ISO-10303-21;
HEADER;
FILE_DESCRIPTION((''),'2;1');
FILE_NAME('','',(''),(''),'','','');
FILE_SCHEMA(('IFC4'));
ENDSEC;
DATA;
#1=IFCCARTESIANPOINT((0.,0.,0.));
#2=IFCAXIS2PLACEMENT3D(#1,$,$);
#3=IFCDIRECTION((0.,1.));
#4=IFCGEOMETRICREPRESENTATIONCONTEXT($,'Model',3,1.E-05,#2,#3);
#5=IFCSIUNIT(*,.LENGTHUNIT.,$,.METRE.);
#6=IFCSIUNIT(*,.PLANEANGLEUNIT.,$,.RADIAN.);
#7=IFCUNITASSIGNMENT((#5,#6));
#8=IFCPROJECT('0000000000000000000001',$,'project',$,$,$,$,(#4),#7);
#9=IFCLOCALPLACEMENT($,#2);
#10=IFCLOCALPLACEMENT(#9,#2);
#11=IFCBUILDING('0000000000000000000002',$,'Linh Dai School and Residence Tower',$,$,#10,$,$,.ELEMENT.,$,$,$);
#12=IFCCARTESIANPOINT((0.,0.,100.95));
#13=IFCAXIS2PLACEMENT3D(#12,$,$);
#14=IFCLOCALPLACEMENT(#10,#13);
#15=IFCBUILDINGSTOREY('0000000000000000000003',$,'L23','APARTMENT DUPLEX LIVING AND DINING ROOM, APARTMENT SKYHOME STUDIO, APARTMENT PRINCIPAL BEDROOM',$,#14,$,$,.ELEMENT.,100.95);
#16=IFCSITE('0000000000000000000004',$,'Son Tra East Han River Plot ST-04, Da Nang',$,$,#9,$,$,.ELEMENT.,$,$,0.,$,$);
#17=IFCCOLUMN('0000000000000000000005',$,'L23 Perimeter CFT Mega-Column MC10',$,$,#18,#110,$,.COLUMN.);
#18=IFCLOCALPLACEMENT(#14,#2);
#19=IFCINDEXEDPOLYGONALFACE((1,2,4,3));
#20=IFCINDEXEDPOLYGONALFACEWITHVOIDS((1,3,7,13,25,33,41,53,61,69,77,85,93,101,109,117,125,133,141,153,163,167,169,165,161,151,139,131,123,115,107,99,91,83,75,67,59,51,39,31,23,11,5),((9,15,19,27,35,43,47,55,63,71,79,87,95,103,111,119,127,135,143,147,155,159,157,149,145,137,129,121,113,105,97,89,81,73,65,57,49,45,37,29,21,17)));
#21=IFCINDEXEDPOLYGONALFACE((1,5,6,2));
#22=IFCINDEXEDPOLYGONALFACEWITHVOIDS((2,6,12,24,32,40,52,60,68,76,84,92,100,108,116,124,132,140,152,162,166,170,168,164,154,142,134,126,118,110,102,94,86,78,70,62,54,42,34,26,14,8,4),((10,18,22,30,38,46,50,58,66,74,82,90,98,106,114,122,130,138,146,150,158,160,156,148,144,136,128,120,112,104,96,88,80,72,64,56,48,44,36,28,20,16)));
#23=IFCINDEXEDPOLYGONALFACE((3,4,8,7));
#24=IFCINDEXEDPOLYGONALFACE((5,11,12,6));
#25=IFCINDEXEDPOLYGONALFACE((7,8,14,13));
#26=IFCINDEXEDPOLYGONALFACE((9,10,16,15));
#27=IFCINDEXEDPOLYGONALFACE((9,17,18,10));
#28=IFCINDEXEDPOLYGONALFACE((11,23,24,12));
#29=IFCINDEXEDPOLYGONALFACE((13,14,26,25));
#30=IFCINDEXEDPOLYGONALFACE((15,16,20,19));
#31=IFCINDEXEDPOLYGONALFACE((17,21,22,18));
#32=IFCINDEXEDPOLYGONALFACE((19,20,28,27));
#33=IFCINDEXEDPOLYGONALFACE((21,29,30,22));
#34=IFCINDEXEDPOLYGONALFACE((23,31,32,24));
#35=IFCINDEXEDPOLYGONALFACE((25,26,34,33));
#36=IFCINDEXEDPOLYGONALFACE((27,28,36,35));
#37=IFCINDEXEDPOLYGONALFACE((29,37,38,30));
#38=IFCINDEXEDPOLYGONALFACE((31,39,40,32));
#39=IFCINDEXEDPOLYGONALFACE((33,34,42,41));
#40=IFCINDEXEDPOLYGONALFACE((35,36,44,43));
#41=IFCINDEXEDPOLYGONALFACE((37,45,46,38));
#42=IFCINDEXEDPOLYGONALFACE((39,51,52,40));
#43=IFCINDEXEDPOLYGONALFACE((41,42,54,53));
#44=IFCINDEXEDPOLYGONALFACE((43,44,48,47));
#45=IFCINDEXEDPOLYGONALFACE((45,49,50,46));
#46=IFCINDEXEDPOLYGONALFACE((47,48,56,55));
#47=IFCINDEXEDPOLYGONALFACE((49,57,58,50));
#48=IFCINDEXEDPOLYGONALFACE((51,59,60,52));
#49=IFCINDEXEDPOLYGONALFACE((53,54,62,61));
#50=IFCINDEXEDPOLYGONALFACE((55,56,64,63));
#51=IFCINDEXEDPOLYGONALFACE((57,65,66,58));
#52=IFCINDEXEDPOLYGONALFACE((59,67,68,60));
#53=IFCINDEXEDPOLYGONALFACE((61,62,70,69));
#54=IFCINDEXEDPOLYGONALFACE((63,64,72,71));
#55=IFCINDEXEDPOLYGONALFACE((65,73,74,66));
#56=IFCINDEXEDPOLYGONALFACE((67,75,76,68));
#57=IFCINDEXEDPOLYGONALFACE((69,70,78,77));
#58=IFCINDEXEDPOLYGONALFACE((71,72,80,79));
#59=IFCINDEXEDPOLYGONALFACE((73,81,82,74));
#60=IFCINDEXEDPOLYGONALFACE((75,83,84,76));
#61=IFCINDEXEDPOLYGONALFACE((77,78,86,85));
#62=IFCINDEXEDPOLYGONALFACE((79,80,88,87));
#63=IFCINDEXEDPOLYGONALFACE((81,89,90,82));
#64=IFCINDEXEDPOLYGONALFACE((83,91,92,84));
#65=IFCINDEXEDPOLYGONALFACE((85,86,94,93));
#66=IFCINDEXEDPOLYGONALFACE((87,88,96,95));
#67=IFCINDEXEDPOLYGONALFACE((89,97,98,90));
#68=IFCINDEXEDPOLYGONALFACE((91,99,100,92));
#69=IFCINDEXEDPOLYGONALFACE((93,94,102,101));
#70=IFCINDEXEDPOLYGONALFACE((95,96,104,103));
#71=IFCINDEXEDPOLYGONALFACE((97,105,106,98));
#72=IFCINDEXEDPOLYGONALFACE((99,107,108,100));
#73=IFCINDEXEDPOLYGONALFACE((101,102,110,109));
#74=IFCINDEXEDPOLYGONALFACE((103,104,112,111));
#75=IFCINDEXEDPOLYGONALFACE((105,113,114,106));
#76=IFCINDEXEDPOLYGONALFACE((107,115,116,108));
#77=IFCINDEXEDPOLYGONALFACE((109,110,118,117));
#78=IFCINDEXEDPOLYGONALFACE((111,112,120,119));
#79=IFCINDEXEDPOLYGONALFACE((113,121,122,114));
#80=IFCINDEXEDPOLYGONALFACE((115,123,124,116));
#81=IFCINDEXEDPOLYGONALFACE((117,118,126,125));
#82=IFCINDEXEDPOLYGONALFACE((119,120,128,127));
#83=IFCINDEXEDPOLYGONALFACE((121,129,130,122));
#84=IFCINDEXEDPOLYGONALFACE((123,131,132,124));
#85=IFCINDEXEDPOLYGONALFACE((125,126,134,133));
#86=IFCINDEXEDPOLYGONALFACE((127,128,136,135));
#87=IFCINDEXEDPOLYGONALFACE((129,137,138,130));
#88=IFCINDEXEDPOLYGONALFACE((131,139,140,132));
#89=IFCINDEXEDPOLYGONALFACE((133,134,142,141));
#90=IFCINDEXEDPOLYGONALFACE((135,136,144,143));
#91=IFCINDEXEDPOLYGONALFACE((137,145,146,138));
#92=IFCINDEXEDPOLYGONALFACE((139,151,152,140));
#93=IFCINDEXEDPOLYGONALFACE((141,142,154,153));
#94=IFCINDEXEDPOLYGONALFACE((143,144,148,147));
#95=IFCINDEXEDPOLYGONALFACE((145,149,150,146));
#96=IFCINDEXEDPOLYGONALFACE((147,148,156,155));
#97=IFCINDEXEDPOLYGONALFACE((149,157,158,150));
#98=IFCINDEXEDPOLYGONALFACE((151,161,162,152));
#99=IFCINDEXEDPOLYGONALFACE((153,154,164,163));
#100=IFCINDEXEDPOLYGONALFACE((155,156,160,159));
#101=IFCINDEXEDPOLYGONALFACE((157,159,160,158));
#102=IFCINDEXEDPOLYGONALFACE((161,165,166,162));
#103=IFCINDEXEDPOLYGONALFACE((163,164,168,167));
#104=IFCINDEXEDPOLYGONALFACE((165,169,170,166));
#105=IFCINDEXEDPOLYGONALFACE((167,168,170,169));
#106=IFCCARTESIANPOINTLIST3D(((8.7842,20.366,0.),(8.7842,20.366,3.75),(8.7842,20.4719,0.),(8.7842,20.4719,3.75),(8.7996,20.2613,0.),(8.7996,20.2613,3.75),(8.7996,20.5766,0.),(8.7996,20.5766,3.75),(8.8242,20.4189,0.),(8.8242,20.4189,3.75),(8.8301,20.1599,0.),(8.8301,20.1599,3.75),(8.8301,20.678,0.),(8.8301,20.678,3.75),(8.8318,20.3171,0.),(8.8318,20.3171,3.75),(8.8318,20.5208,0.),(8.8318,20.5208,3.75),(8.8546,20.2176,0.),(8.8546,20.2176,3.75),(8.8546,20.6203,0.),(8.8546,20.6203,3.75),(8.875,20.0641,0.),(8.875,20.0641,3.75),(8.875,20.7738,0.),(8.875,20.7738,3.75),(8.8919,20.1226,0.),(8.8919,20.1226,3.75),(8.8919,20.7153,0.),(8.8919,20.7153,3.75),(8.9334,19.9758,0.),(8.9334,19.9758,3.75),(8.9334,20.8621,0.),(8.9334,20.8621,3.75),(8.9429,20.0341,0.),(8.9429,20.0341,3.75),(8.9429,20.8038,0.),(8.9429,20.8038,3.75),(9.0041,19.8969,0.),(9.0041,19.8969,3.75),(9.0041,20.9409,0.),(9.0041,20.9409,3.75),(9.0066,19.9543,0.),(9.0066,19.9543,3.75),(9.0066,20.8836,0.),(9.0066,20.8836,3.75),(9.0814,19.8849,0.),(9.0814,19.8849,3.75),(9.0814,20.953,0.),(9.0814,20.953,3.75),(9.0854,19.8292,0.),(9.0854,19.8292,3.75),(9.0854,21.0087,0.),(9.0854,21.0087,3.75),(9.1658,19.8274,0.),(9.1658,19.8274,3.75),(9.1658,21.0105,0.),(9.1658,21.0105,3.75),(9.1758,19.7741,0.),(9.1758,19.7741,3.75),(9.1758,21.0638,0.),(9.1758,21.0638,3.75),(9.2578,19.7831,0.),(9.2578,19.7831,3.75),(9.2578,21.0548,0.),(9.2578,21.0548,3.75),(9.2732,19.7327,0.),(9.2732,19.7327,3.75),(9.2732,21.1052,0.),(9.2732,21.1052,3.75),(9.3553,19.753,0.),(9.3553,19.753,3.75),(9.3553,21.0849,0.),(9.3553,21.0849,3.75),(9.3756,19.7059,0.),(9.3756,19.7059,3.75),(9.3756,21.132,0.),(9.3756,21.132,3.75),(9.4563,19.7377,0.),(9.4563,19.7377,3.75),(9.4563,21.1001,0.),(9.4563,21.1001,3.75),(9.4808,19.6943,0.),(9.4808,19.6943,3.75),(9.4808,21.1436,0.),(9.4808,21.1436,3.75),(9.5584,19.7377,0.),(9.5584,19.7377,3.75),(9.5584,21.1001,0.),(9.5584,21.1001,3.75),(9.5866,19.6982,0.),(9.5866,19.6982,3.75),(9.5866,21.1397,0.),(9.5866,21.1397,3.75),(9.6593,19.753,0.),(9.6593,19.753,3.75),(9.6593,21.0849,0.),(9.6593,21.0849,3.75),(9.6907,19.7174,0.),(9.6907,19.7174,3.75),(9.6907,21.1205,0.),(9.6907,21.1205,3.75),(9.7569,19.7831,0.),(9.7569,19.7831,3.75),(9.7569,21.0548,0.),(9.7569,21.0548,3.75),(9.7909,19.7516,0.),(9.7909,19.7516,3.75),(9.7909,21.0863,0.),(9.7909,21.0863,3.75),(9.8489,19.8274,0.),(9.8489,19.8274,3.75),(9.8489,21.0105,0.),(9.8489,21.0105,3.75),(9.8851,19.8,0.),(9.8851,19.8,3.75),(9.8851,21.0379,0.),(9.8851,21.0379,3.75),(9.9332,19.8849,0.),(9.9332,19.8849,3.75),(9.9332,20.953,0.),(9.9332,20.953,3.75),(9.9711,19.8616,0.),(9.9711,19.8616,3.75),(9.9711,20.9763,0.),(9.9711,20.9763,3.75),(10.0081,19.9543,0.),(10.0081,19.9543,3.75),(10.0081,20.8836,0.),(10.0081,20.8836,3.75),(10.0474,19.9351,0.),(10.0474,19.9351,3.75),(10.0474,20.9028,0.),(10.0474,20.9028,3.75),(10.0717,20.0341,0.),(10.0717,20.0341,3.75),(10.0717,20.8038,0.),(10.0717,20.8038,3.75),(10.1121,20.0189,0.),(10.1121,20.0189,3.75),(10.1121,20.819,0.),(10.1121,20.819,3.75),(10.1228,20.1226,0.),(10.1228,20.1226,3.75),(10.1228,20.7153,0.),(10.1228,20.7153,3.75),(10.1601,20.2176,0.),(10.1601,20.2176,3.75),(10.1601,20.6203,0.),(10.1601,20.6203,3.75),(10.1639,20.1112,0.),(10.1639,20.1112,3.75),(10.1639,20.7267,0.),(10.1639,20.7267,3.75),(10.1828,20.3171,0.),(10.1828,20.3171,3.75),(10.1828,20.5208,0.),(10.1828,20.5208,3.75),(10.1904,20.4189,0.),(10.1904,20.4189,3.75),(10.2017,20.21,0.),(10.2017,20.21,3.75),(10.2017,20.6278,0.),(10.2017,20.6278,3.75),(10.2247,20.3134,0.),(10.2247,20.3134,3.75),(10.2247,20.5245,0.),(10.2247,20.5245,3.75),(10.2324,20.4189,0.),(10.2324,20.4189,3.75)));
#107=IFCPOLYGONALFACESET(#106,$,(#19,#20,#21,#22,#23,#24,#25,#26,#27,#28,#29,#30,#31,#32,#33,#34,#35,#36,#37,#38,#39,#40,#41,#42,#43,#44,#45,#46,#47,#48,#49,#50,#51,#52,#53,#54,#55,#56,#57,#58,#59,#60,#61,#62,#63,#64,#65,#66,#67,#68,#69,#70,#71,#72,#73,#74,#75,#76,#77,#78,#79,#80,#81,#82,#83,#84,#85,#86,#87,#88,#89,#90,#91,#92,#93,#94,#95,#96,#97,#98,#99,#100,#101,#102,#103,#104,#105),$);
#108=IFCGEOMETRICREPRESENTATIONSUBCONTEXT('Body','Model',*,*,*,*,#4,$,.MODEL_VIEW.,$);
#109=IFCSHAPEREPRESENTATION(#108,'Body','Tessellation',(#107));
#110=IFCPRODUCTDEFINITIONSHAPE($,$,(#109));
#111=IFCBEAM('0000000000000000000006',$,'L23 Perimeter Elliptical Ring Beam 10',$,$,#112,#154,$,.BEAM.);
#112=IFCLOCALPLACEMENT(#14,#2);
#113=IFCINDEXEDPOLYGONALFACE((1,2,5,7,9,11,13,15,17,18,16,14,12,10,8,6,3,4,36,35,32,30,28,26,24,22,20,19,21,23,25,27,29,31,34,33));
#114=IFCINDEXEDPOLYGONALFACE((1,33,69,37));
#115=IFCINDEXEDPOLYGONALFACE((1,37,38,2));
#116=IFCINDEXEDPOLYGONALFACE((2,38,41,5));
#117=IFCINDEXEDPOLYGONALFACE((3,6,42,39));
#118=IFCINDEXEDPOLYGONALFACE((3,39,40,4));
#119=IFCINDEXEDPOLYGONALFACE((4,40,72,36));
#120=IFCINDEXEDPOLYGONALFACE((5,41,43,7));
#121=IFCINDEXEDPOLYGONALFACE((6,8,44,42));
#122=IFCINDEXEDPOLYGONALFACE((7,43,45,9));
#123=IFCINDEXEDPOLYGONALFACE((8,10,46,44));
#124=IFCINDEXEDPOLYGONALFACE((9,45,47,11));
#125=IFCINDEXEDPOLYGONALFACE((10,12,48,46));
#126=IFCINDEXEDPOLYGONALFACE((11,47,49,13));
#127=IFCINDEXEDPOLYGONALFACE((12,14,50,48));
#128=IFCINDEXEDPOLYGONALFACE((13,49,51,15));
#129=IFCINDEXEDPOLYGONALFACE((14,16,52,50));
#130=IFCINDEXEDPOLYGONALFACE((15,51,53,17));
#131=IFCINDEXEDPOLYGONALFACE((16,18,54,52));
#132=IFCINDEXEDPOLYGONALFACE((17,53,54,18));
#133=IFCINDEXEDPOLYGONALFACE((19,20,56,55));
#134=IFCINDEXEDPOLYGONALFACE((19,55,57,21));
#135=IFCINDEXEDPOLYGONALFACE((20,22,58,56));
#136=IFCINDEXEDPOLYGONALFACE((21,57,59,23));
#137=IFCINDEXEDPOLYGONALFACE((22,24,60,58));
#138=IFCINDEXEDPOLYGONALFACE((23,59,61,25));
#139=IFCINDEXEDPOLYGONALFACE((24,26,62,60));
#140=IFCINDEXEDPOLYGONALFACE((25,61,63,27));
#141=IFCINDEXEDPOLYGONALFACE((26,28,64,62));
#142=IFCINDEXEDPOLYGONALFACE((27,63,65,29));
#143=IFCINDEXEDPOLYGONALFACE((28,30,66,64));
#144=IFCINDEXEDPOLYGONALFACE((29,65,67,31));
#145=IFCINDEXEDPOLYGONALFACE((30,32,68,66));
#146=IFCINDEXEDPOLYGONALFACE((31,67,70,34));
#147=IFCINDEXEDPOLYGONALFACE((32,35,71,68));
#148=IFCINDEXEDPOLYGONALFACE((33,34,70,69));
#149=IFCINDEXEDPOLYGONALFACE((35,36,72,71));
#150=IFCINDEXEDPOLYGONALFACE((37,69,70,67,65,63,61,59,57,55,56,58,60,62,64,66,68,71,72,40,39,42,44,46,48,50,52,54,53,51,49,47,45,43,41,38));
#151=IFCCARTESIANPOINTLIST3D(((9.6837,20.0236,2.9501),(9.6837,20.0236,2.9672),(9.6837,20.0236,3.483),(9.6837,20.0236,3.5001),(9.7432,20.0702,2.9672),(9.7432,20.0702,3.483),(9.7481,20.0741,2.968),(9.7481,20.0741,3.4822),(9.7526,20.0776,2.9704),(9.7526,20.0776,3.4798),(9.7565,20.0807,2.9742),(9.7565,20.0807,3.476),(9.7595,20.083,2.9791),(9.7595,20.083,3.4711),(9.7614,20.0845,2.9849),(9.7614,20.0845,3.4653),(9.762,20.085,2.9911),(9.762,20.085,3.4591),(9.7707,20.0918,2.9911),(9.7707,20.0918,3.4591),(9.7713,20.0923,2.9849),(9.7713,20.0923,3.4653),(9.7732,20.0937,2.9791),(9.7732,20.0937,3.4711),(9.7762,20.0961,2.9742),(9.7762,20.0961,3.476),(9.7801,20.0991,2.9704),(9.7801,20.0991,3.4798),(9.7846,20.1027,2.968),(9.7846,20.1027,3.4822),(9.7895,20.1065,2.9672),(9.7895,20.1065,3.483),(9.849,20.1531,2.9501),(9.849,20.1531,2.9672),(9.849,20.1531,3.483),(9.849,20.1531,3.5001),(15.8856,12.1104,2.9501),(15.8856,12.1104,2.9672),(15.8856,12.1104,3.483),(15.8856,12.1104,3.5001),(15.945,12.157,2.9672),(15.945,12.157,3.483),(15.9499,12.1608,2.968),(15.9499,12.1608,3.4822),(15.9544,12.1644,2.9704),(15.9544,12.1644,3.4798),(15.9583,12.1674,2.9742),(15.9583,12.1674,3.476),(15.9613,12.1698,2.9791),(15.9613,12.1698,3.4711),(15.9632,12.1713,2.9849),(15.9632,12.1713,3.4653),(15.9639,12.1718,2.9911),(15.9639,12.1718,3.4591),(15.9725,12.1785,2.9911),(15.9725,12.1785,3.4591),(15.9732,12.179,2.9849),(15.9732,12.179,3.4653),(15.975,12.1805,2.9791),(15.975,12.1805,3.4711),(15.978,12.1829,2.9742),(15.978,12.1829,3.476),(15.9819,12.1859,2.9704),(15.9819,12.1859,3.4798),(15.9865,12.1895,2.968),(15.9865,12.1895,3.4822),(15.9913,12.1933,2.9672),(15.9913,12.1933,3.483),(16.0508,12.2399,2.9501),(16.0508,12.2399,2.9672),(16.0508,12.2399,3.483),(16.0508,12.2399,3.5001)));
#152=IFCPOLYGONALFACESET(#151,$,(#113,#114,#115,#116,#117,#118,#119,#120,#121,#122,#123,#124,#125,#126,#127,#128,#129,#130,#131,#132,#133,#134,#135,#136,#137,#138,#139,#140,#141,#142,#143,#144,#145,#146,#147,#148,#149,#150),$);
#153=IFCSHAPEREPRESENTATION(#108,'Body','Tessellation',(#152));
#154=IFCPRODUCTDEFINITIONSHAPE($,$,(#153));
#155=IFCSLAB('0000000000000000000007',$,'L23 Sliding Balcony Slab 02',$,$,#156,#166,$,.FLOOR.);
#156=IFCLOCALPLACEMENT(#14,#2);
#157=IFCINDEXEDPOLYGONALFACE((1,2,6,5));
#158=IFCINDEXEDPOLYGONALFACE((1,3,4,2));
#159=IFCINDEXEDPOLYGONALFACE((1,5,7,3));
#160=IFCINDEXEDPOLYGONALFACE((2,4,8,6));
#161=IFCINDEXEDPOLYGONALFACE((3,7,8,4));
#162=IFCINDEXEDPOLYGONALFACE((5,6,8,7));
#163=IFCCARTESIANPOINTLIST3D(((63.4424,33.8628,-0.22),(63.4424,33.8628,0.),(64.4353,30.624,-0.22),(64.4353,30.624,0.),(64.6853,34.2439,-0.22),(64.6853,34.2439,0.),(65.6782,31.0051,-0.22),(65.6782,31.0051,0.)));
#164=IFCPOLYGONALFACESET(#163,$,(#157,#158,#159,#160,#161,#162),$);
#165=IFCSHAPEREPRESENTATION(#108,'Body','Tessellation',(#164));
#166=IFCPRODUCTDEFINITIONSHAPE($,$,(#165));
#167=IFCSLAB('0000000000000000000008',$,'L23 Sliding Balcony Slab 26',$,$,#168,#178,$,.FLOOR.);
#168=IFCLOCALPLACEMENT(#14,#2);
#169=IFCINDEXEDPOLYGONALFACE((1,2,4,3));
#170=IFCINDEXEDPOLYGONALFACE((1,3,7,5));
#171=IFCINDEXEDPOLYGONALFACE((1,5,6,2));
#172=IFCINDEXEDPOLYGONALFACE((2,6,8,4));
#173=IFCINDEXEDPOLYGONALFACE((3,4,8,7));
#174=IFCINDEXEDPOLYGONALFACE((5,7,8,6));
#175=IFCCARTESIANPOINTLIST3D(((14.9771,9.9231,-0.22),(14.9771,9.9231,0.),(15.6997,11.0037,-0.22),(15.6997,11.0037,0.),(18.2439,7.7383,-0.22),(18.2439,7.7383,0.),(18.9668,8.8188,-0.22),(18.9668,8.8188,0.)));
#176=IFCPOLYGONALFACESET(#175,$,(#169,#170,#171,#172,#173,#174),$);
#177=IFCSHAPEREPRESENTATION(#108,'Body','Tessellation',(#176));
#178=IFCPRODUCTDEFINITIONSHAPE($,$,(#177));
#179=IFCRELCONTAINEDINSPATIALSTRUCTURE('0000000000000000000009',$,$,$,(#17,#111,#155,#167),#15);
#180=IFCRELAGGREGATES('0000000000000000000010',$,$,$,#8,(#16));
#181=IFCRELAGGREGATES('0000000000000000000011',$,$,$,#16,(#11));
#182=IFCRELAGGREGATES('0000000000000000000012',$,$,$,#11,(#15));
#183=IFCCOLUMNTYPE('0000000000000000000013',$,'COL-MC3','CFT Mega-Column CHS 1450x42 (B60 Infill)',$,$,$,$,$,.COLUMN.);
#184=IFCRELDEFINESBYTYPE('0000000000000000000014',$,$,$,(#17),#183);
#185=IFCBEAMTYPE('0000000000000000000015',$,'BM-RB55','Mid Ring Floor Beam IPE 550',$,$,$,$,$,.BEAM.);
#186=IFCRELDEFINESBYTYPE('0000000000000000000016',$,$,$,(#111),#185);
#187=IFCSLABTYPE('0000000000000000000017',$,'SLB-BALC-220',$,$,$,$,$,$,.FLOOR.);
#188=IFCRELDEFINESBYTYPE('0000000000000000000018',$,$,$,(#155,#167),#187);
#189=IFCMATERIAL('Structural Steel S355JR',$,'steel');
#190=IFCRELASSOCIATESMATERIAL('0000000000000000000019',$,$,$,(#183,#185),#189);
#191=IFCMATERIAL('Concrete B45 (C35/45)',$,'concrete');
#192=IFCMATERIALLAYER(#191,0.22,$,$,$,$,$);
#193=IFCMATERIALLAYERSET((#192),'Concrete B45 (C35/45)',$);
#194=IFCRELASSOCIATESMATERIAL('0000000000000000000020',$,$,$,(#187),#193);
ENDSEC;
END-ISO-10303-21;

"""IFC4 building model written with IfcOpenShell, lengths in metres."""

from ifc_helpers import new_model, si_unit, direction, frame, origin, origin_2d, place, context, subcontext, project, spatial, polyline, hollow_circle, i_section, outline, extrude, material, layer, layer_set, material_profile, profile_set, type_object, element, save


model = new_model("IFC4")

# Units and contexts
model_context = context("Model", 3, precision=1e-05, world=origin(), true_north=direction((0.0, 1.0)))
body_context = subcontext(model_context, "Body", "Model", "MODEL_VIEW")
ifc_project = project(units=[si_unit("LENGTHUNIT", "METRE"), si_unit("PLANEANGLEUNIT", "RADIAN")], contexts=[model_context])

# Site, building, storey
site_placement = place(None, origin())
site = spatial("IfcSite", under=ifc_project, at=site_placement, Name="Son Tra East Han River Plot ST-04, Da Nang", CompositionType="ELEMENT", RefElevation=0.0)
building_placement = place(site_placement, origin())
building = spatial("IfcBuilding", under=site, at=building_placement, Name="Linh Dai School and Residence Tower", CompositionType="ELEMENT")
storey_placement = place(building_placement, frame((0.0, 0.0, 100.95)))
storey = spatial("IfcBuildingStorey", under=building, at=storey_placement, Name="L23", Description="APARTMENT DUPLEX LIVING AND DINING ROOM, APARTMENT SKYHOME STUDIO, APARTMENT PRINCIPAL BEDROOM", CompositionType="ELEMENT", Elevation=100.95)

# Column
ifc_material_1 = material(Name="Structural Steel S355JR", Category="steel")
ifc_material_profile_1 = material_profile(ifc_material_1, hollow_circle(Radius=0.7251, WallThickness=0.042, at=origin_2d()), Name="CHS 1450x42")
ifc_profile_set_1 = profile_set([ifc_material_profile_1], Name="Structural Steel S355JR")
column_type = type_object("IfcColumnType", Name="COL-MC3", Description="CFT Mega-Column CHS 1450x42 (B60 Infill)", PredefinedType="COLUMN", material=ifc_profile_set_1)
column_placement = place(storey_placement, frame((9.5073, 20.4189, 0.0), z_axis=(0.0, 0.0, 1.0), x_axis=(1.0, 0.0, 0.0)))
element("IfcColumn", 1, at=column_placement, inside=storey, type_object=column_type, Name="L23 Perimeter CFT Mega-Column MC10", PredefinedType="COLUMN", context=body_context, shape_type="SweptSolid", body=[
    extrude(hollow_circle(Radius=0.7251, WallThickness=0.042, at=origin_2d()), origin(), (0.0, 0.0, 1.0), 3.75),
])

# Beam
ifc_material_profile_2 = material_profile(ifc_material_1, i_section(OverallWidth=0.21, OverallDepth=0.55, WebThickness=0.011, FlangeThickness=0.0171, FilletRadius=0.0239, at=origin_2d()), Name="IPE 550")
ifc_profile_set_2 = profile_set([ifc_material_profile_2], Name="Structural Steel S355JR")
beam_type = type_object("IfcBeamType", Name="BM-RB55", Description="Mid Ring Floor Beam IPE 550", PredefinedType="BEAM", material=ifc_profile_set_2)
beam_placement = place(storey_placement, frame((9.7664, 20.0884, 3.2251), z_axis=(0.616855, -0.787077, 0.0), x_axis=(0.787077, 0.616855, 0.0)))
element("IfcBeam", 2, at=beam_placement, inside=storey, type_object=beam_type, Name="L23 Perimeter Elliptical Ring Beam 10", PredefinedType="BEAM", context=body_context, shape_type="SweptSolid", body=[
    extrude(i_section(OverallWidth=0.21, OverallDepth=0.55, WebThickness=0.011, FlangeThickness=0.0171, FilletRadius=0.0239, at=origin_2d()), origin(), (0.0, 0.0, 1.0), 10.054),
])

# Slabs
ifc_material_2 = material(Name="Concrete B45 (C35/45)", Category="concrete")
ifc_layer_1 = layer(ifc_material_2, 0.22)
ifc_layer_set_1 = layer_set([ifc_layer_1], Name="Concrete B45 (C35/45)")
slab_type_1 = type_object("IfcSlabType", Name="SLB-BALC-220", PredefinedType="FLOOR", material=ifc_layer_set_1)
slab_1_placement = place(storey_placement, frame((0.0, 0.0, -0.22)))
element("IfcSlab", 3, at=slab_1_placement, inside=storey, type_object=slab_type_1, Name="L23 Sliding Balcony Slab 02", PredefinedType="FLOOR", context=body_context, shape_type="SweptSolid", body=[
    extrude(outline(polyline([(63.4424, 33.8628), (64.4353, 30.624), (65.6782, 31.0051), (64.6853, 34.2439), (63.4424, 33.8628)])), origin(), (0.0, 0.0, 1.0), 0.22),
])
slab_2_placement = place(storey_placement, frame((0.0, 0.0, -0.22)))
element("IfcSlab", 4, at=slab_2_placement, inside=storey, type_object=slab_type_1, Name="L23 Sliding Balcony Slab 26", PredefinedType="FLOOR", context=body_context, shape_type="SweptSolid", body=[
    extrude(outline(polyline([(18.9668, 8.8188), (15.6997, 11.0037), (14.9771, 9.9231), (18.2439, 7.7383), (18.9668, 8.8188)])), origin(), (0.0, 0.0, 1.0), 0.22),
])

save(model, "model.ifc")
